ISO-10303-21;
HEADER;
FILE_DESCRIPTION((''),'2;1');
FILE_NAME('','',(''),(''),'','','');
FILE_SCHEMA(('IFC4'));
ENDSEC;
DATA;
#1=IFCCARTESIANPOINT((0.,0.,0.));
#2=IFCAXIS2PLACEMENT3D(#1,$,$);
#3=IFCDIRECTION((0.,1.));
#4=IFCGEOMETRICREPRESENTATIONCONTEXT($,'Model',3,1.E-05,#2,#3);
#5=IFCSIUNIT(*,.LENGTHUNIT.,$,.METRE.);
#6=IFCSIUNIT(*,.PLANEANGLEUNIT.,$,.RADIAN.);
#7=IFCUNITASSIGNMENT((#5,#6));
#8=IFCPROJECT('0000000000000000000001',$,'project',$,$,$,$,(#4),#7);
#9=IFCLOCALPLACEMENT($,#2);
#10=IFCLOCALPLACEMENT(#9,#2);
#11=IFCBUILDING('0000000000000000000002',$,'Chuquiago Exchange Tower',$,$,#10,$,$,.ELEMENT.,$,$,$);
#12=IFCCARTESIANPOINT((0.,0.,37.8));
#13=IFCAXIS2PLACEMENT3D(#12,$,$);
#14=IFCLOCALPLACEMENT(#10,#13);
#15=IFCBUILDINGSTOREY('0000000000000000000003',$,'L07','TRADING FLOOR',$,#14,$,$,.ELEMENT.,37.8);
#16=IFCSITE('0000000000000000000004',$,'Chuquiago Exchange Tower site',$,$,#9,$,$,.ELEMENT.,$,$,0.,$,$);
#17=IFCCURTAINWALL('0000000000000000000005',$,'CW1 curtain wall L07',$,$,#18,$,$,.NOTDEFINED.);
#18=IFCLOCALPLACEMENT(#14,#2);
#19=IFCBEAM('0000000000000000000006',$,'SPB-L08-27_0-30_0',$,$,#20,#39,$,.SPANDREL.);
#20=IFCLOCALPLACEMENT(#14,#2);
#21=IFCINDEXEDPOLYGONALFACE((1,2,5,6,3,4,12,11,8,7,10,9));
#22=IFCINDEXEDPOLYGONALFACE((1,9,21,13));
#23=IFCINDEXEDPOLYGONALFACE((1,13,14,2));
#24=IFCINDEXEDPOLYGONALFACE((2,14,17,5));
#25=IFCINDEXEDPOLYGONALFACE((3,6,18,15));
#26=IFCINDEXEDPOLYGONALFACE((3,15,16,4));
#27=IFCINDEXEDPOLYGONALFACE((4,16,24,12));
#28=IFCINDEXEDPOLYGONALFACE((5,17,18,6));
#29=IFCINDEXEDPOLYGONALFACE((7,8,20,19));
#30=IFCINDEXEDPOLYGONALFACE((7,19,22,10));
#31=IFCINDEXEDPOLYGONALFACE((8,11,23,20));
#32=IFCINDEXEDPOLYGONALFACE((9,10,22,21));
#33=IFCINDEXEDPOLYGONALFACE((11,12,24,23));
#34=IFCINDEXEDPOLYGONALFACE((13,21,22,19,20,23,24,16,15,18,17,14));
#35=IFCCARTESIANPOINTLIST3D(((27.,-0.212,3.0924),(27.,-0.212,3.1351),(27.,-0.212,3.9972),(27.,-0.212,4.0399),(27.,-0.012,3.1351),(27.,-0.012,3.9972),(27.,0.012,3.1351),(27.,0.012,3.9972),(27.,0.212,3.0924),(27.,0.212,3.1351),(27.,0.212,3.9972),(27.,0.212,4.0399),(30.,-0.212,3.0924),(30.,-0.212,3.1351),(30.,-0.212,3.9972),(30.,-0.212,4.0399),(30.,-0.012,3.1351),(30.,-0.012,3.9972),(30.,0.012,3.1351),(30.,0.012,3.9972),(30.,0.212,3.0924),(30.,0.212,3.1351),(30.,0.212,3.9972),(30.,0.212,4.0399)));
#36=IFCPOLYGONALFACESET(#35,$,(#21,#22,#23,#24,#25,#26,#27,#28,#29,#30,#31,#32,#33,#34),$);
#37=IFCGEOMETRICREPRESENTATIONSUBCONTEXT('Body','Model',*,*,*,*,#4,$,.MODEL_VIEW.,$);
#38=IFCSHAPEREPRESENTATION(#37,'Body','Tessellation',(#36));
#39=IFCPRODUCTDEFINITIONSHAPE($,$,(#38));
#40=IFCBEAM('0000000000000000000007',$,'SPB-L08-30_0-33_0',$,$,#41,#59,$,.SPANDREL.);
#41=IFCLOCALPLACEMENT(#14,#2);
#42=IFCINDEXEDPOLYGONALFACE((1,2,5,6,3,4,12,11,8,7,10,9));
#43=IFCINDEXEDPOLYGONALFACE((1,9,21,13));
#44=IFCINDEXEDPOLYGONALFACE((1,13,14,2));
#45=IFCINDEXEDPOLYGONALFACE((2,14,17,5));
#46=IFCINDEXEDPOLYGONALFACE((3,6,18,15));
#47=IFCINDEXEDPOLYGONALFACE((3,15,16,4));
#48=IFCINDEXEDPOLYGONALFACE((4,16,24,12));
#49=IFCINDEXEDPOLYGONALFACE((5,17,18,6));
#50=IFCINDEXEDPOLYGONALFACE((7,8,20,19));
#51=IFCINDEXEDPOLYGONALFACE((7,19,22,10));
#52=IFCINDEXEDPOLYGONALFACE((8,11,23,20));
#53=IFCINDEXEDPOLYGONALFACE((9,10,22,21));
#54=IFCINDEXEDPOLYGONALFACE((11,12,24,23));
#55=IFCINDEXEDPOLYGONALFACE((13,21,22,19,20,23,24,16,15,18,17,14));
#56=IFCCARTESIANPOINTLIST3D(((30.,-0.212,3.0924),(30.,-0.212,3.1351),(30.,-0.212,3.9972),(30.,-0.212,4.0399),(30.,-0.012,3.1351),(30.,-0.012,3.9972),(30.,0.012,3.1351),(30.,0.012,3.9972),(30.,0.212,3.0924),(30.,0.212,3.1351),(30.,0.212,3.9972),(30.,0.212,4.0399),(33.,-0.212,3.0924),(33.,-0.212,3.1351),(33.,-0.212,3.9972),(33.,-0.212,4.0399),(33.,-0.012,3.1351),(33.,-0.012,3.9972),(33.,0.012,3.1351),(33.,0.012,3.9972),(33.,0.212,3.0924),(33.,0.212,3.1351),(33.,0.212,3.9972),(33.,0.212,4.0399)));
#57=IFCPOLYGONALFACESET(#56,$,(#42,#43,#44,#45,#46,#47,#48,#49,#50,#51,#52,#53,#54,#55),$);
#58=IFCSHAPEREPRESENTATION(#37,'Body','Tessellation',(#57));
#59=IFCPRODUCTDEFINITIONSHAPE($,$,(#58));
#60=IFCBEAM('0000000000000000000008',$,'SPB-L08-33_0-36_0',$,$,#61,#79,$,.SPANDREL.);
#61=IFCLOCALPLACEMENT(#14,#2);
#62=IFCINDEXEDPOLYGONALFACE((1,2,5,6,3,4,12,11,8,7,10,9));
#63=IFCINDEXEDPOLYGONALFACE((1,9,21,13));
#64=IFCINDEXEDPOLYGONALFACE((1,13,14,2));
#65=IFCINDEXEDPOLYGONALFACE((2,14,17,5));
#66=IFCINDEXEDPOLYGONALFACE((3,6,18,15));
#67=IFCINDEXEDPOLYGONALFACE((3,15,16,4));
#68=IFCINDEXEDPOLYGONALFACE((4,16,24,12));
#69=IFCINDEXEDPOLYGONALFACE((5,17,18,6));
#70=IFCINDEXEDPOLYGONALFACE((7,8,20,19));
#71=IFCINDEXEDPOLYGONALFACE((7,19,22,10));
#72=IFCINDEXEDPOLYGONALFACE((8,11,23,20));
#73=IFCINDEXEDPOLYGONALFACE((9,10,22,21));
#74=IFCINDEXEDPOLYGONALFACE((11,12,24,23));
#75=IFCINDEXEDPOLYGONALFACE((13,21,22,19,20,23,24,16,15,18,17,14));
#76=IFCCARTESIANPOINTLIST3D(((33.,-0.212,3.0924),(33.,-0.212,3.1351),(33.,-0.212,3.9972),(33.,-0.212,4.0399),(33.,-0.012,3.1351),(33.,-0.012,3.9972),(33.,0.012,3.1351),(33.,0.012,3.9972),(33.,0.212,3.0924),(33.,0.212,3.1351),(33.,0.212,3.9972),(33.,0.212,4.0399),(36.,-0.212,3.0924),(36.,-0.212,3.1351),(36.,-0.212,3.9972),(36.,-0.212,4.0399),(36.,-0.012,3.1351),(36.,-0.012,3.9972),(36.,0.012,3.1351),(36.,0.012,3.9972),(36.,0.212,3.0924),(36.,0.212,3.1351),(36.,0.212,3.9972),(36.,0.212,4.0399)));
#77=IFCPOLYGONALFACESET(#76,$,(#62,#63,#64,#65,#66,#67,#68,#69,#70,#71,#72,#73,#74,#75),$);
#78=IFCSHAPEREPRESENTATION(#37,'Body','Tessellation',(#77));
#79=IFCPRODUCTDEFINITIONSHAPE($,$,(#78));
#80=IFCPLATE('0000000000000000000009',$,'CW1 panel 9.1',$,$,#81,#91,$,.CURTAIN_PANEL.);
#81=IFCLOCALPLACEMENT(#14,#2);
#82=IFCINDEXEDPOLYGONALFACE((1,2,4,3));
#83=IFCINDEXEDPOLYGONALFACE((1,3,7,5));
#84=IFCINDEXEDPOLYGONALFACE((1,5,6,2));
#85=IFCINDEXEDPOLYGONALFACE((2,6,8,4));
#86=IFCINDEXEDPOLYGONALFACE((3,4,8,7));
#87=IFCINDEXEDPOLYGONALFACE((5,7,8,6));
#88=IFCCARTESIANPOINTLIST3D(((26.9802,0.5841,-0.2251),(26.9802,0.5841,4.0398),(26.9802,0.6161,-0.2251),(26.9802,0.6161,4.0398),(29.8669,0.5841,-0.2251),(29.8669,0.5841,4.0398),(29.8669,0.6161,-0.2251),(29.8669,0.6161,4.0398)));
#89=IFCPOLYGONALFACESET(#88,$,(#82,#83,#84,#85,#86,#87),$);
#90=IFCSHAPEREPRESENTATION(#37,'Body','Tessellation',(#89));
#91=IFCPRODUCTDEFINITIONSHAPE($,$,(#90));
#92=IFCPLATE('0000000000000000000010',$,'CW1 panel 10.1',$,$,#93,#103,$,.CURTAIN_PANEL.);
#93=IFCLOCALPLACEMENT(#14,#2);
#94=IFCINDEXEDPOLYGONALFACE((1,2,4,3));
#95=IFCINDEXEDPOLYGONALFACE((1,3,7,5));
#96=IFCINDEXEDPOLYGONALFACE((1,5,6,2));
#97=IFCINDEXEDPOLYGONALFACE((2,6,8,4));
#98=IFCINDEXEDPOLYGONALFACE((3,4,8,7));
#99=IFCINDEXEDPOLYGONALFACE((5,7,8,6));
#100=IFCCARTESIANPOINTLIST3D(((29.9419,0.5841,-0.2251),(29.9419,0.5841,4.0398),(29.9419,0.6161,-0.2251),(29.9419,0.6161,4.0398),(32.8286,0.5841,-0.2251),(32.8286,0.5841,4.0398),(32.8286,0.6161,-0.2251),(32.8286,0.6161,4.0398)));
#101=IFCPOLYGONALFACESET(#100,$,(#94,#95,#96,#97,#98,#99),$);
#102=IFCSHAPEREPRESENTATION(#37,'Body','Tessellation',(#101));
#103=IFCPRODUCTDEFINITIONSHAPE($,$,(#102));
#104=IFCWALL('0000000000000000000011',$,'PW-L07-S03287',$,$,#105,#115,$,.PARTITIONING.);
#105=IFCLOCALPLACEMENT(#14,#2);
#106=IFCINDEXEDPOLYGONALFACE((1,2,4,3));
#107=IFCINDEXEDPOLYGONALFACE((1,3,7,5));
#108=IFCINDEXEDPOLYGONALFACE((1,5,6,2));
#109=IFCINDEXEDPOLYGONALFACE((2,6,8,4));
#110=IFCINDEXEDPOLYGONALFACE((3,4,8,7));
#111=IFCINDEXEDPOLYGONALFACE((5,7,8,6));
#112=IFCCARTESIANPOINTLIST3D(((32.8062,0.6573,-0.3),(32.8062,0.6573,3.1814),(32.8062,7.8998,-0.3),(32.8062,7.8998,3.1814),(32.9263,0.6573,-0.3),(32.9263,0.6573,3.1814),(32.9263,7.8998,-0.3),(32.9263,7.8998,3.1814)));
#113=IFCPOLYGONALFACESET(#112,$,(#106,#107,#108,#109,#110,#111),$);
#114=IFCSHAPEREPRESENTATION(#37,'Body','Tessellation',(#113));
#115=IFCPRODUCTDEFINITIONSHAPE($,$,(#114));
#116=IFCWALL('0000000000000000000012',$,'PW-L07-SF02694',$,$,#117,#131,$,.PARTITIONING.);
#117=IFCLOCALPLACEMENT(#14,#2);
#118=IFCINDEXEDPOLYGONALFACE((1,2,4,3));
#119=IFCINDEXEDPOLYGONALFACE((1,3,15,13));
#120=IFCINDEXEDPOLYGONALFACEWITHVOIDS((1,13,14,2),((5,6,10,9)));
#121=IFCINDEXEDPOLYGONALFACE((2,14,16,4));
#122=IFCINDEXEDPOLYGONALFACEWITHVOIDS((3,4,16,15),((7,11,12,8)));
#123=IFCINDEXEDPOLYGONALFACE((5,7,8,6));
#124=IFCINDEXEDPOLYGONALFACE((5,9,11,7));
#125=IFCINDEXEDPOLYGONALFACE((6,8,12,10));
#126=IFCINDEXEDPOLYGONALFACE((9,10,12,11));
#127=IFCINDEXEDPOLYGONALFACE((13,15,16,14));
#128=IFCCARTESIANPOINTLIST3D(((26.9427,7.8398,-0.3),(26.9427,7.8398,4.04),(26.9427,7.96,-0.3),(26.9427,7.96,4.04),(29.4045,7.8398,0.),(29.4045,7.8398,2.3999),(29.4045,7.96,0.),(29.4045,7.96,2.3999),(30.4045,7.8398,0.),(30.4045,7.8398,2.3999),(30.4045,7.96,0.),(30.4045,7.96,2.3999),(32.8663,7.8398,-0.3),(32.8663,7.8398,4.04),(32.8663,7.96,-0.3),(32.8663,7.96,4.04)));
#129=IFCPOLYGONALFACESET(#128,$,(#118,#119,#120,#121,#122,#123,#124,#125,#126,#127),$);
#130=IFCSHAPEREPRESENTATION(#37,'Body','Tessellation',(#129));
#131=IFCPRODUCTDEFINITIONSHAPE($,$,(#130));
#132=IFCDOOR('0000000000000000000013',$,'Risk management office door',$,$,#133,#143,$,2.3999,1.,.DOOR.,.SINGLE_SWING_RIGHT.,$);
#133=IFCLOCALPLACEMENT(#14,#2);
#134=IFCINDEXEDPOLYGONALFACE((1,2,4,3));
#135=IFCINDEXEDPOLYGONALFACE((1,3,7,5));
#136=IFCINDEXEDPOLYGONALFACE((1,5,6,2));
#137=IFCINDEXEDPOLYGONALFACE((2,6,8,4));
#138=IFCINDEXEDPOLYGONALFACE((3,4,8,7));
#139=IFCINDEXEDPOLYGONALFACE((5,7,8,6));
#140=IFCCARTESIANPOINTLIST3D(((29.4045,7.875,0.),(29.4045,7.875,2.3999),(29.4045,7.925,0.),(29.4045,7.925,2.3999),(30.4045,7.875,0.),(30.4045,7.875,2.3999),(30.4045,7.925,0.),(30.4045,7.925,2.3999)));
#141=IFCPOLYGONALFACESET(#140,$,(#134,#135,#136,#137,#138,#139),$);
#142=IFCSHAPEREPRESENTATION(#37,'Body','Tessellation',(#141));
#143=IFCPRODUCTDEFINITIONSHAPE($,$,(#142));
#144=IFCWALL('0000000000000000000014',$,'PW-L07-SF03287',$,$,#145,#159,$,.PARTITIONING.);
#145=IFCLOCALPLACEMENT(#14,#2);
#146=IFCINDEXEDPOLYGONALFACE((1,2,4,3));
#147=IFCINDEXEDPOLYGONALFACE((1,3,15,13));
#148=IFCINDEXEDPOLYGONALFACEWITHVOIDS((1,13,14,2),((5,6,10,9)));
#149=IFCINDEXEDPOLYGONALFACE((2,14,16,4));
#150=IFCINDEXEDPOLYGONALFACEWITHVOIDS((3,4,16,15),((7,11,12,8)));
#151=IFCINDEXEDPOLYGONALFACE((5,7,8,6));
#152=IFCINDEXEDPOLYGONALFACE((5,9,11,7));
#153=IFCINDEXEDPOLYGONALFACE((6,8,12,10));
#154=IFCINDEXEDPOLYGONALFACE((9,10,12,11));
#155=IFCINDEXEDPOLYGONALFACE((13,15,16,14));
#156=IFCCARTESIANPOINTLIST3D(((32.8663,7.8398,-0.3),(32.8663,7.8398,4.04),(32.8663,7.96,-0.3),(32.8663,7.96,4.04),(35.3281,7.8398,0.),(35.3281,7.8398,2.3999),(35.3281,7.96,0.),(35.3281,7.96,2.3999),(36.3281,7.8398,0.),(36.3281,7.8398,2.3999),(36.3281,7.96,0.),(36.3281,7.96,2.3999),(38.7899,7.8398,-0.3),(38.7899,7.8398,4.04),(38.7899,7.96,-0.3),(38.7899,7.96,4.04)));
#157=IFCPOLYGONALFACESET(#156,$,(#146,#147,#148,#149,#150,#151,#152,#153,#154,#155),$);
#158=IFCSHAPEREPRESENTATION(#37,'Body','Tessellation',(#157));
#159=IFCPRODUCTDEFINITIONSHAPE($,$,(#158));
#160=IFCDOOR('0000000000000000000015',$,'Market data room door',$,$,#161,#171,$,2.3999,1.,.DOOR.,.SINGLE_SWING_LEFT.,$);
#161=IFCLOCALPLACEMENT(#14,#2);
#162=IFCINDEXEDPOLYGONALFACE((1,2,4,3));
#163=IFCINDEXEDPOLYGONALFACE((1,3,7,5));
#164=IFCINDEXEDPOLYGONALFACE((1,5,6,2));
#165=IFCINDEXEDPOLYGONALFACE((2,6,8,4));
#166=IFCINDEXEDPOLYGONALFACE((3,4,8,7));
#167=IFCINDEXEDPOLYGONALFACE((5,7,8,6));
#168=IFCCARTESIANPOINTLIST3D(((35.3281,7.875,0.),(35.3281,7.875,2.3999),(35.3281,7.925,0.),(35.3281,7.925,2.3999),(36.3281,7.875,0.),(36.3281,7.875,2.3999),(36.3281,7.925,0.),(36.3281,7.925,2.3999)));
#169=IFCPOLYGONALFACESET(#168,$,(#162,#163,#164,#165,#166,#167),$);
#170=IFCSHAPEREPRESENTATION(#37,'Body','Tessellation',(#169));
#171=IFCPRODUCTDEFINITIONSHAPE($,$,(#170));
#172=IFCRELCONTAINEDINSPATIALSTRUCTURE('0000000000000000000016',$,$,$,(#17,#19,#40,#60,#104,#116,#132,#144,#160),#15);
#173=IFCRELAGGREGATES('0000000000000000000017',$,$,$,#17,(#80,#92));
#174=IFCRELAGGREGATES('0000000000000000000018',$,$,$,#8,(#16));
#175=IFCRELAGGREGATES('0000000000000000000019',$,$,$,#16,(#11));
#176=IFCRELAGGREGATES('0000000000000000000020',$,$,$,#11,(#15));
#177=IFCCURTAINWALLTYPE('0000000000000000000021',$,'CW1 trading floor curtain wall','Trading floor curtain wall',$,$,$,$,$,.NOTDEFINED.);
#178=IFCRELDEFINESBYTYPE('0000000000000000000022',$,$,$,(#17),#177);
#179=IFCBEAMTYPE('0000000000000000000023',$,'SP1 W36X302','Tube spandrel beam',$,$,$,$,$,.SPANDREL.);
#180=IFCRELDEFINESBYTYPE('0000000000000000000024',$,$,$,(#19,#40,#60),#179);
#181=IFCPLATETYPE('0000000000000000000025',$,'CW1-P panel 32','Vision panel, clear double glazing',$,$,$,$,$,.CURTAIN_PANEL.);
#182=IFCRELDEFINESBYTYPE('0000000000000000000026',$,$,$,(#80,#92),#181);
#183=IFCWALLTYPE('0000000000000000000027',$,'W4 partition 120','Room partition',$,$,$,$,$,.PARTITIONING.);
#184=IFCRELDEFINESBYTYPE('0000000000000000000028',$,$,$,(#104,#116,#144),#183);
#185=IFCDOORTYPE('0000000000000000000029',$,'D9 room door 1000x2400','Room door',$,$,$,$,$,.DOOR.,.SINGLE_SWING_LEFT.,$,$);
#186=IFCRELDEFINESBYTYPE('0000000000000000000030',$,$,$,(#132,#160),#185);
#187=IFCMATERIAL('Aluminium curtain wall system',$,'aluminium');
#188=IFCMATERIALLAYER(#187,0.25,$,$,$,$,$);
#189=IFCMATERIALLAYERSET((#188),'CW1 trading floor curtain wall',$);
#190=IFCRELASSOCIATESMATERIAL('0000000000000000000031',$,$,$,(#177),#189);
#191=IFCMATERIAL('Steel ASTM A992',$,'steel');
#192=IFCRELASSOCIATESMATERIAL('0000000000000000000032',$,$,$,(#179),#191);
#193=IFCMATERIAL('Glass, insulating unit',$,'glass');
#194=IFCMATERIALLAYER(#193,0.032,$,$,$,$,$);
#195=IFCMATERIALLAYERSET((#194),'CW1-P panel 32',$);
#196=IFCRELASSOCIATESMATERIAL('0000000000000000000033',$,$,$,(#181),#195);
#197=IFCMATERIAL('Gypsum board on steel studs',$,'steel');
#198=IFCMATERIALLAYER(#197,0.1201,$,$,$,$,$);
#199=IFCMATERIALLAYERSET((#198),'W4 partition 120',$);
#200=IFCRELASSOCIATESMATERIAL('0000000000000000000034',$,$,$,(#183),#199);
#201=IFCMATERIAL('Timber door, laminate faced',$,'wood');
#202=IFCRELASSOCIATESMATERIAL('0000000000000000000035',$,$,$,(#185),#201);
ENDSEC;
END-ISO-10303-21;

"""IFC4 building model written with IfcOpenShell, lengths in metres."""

from ifc_helpers import new_model, si_unit, direction, frame, frame_2d, origin, origin_2d, place, context, subcontext, project, spatial, rectangle, i_section, extrude, material, layer, layer_set, material_profile, profile_set, type_object, element, fill, aggregate, save


model = new_model("IFC4")

# Units and contexts
model_context = context("Model", 3, precision=1e-05, world=origin(), true_north=direction((0.0, 1.0)))
body_context = subcontext(model_context, "Body", "Model", "MODEL_VIEW")
ifc_project = project(units=[si_unit("LENGTHUNIT", "METRE"), si_unit("PLANEANGLEUNIT", "RADIAN")], contexts=[model_context])

# Site, building, storey
site_placement = place(None, origin())
site = spatial("IfcSite", under=ifc_project, at=site_placement, Name="Chuquiago Exchange Tower site", CompositionType="ELEMENT", RefElevation=0.0)
building_placement = place(site_placement, origin())
building = spatial("IfcBuilding", under=site, at=building_placement, Name="Chuquiago Exchange Tower", CompositionType="ELEMENT")
storey_placement = place(building_placement, frame((0.0, 0.0, 37.8)))
storey = spatial("IfcBuildingStorey", under=building, at=storey_placement, Name="L07", Description="TRADING FLOOR", CompositionType="ELEMENT", Elevation=37.8)

# Curtain wall
ifc_material_1 = material(Name="Aluminium curtain wall system", Category="aluminium")
ifc_layer_1 = layer(ifc_material_1, 0.25)
ifc_layer_set_1 = layer_set([ifc_layer_1], Name="CW1 trading floor curtain wall")
curtain_wall_type = type_object("IfcCurtainWallType", Name="CW1 trading floor curtain wall", Description="Trading floor curtain wall", PredefinedType="NOTDEFINED", material=ifc_layer_set_1)
curtain_wall_placement = place(storey_placement, origin())
curtain_wall = element("IfcCurtainWall", 1, at=curtain_wall_placement, inside=storey, type_object=curtain_wall_type, Name="CW1 curtain wall L07", PredefinedType="NOTDEFINED")

# Beams
ifc_material_2 = material(Name="Steel ASTM A992", Category="steel")
ifc_material_profile_1 = material_profile(ifc_material_2, i_section(OverallWidth=0.4241, OverallDepth=0.9475, WebThickness=0.0239, FlangeThickness=0.0427, at=origin_2d()), Name="W36X302")
ifc_profile_set_1 = profile_set([ifc_material_profile_1], Name="Steel ASTM A992")
beam_type_1 = type_object("IfcBeamType", Name="SP1 W36X302", Description="Tube spandrel beam", PredefinedType="SPANDREL", material=ifc_profile_set_1)
for number, where, z_axis, x_axis, name in (
    (2, (27.0, 0.0, 3.5662), (1.0, 0.0, 0.0), (0.0, 1.0, 0.0), "SPB-L08-27_0-30_0"),
    (3, (30.0, 0.0, 3.5662), (1.0, 0.0, 0.0), (0.0, 1.0, 0.0), "SPB-L08-30_0-33_0"),
    (4, (33.0, 0.0, 3.5662), (1.0, 0.0, 0.0), (0.0, 1.0, 0.0), "SPB-L08-33_0-36_0"),
):
    element("IfcBeam", number, at=place(storey_placement, frame(where, z_axis=z_axis, x_axis=x_axis)), inside=storey, type_object=beam_type_1, Name=name, PredefinedType="SPANDREL", context=body_context, shape_type="SweptSolid", body=[
        extrude(i_section(OverallWidth=0.4241, OverallDepth=0.9475, WebThickness=0.0239, FlangeThickness=0.0427, at=origin_2d()), origin(), (0.0, 0.0, 1.0), 3.0),
    ])

# Plates
ifc_material_3 = material(Name="Glass, insulating unit", Category="glass")
ifc_layer_2 = layer(ifc_material_3, 0.032)
ifc_layer_set_2 = layer_set([ifc_layer_2], Name="CW1-P panel 32")
plate_type = type_object("IfcPlateType", Name="CW1-P panel 32", Description="Vision panel, clear double glazing", PredefinedType="CURTAIN_PANEL", material=ifc_layer_set_2)
plate_1_placement = place(storey_placement, frame((28.4236, 0.6001, -0.2251), z_axis=(0.0, 0.0, 1.0), x_axis=(1.0, 0.0, 0.0)))
plate_1 = element("IfcPlate", 5, at=plate_1_placement, type_object=plate_type, Name="CW1 panel 9.1", PredefinedType="CURTAIN_PANEL", context=body_context, shape_type="SweptSolid", body=[
    extrude(rectangle(XDim=2.8867, YDim=0.032, at=origin_2d()), origin(), (0.0, 0.0, 1.0), 4.2649),
])
plate_2_placement = place(storey_placement, frame((31.3853, 0.6001, -0.2251), z_axis=(0.0, 0.0, 1.0), x_axis=(1.0, 0.0, 0.0)))
plate_2 = element("IfcPlate", 6, at=plate_2_placement, type_object=plate_type, Name="CW1 panel 10.1", PredefinedType="CURTAIN_PANEL", context=body_context, shape_type="SweptSolid", body=[
    extrude(rectangle(XDim=2.8867, YDim=0.032, at=origin_2d()), origin(), (0.0, 0.0, 1.0), 4.2649),
])
aggregate(curtain_wall, [plate_1, plate_2])

# Wall
ifc_material_4 = material(Name="Gypsum board on steel studs", Category="steel")
ifc_layer_3 = layer(ifc_material_4, 0.1201)
ifc_layer_set_3 = layer_set([ifc_layer_3], Name="W4 partition 120")
wall_type = type_object("IfcWallType", Name="W4 partition 120", Description="Room partition", PredefinedType="PARTITIONING", material=ifc_layer_set_3)
wall_1_placement = place(storey_placement, frame((32.8662, 0.6575, -0.3), z_axis=(0.0, 0.0, 1.0), x_axis=(0.0, 1.0, 0.0)))
element("IfcWall", 7, at=wall_1_placement, inside=storey, type_object=wall_type, Name="PW-L07-S03287", PredefinedType="PARTITIONING", context=body_context, shape_type="SweptSolid", body=[
    extrude(rectangle(XDim=7.2424, YDim=0.1201, at=frame_2d((3.6211, 0.0))), origin(), (0.0, 0.0, 1.0), 3.4814),
])

# Walls, openings, doors
wall_2_placement = place(storey_placement, frame((26.9426, 7.8999, -0.3), z_axis=(0.0, 0.0, 1.0), x_axis=(1.0, 0.0, 0.0)))
wall_2 = element("IfcWall", 8, at=wall_2_placement, inside=storey, type_object=wall_type, Name="PW-L07-SF02694", PredefinedType="PARTITIONING", context=body_context, shape_type="SweptSolid", body=[
    extrude(rectangle(XDim=5.9236, YDim=0.1201, at=frame_2d((2.9619, 0.0))), origin(), (0.0, 0.0, 1.0), 4.3401),
])
opening_1_placement = place(wall_2_placement, frame((2.4619, 0.0, 0.3)))
opening_1 = element("IfcOpeningElement", 9, at=opening_1_placement, cuts=wall_2, PredefinedType="OPENING", context=body_context, shape_type="SweptSolid", body=[
    extrude(rectangle(XDim=1.0, YDim=2.3999, at=frame_2d((0.5, 1.2))), frame((0.0, 0.0701, 0.0), z_axis=(0.0, -1.0, 0.0), x_axis=(1.0, 0.0, 0.0)), (0.0, 0.0, 1.0), 0.1401),
])
ifc_material_5 = material(Name="Timber door, laminate faced", Category="wood")
door_type = type_object("IfcDoorType", Name="D9 room door 1000x2400", Description="Room door", OperationType="SINGLE_SWING_LEFT", PredefinedType="DOOR", material=ifc_material_5)
door_1_placement = place(opening_1_placement, frame((1.0, 0.0, 0.0), z_axis=(0.0, 0.0, 1.0), x_axis=(-1.0, 0.0, 0.0)))
door_1 = element("IfcDoor", 10, at=door_1_placement, inside=storey, type_object=door_type, Name="Risk management office door", OperationType="SINGLE_SWING_RIGHT", OverallHeight=2.3999, OverallWidth=1.0, PredefinedType="DOOR", context=body_context, shape_type="SweptSolid", body=[
    extrude(rectangle(XDim=1.0, YDim=2.3999, at=frame_2d((0.5, 1.2))), frame((0.0, 0.0249, 0.0), z_axis=(0.0, -1.0, 0.0), x_axis=(1.0, 0.0, 0.0)), (0.0, 0.0, 1.0), 0.05),
])
fill(opening_1, door_1)
wall_3_placement = place(storey_placement, frame((32.8662, 7.8999, -0.3), z_axis=(0.0, 0.0, 1.0), x_axis=(1.0, 0.0, 0.0)))
wall_3 = element("IfcWall", 11, at=wall_3_placement, inside=storey, type_object=wall_type, Name="PW-L07-SF03287", PredefinedType="PARTITIONING", context=body_context, shape_type="SweptSolid", body=[
    extrude(rectangle(XDim=5.9236, YDim=0.1201, at=frame_2d((2.9619, 0.0))), origin(), (0.0, 0.0, 1.0), 4.3401),
])
opening_2_placement = place(wall_3_placement, frame((2.4619, 0.0, 0.3)))
opening_2 = element("IfcOpeningElement", 12, at=opening_2_placement, cuts=wall_3, PredefinedType="OPENING", context=body_context, shape_type="SweptSolid", body=[
    extrude(rectangle(XDim=1.0, YDim=2.3999, at=frame_2d((0.5, 1.2))), frame((0.0, 0.0701, 0.0), z_axis=(0.0, -1.0, 0.0), x_axis=(1.0, 0.0, 0.0)), (0.0, 0.0, 1.0), 0.1401),
])
door_2_placement = place(opening_2_placement, frame((1.0, 0.0, 0.0), z_axis=(0.0, 0.0, 1.0), x_axis=(-1.0, 0.0, 0.0)))
door_2 = element("IfcDoor", 13, at=door_2_placement, inside=storey, type_object=door_type, Name="Market data room door", OperationType="SINGLE_SWING_LEFT", OverallHeight=2.3999, OverallWidth=1.0, PredefinedType="DOOR", context=body_context, shape_type="SweptSolid", body=[
    extrude(rectangle(XDim=1.0, YDim=2.3999, at=frame_2d((0.5, 1.2))), frame((0.0, 0.0249, 0.0), z_axis=(0.0, -1.0, 0.0), x_axis=(1.0, 0.0, 0.0)), (0.0, 0.0, 1.0), 0.05),
])
fill(opening_2, door_2)

save(model, "model.ifc")
